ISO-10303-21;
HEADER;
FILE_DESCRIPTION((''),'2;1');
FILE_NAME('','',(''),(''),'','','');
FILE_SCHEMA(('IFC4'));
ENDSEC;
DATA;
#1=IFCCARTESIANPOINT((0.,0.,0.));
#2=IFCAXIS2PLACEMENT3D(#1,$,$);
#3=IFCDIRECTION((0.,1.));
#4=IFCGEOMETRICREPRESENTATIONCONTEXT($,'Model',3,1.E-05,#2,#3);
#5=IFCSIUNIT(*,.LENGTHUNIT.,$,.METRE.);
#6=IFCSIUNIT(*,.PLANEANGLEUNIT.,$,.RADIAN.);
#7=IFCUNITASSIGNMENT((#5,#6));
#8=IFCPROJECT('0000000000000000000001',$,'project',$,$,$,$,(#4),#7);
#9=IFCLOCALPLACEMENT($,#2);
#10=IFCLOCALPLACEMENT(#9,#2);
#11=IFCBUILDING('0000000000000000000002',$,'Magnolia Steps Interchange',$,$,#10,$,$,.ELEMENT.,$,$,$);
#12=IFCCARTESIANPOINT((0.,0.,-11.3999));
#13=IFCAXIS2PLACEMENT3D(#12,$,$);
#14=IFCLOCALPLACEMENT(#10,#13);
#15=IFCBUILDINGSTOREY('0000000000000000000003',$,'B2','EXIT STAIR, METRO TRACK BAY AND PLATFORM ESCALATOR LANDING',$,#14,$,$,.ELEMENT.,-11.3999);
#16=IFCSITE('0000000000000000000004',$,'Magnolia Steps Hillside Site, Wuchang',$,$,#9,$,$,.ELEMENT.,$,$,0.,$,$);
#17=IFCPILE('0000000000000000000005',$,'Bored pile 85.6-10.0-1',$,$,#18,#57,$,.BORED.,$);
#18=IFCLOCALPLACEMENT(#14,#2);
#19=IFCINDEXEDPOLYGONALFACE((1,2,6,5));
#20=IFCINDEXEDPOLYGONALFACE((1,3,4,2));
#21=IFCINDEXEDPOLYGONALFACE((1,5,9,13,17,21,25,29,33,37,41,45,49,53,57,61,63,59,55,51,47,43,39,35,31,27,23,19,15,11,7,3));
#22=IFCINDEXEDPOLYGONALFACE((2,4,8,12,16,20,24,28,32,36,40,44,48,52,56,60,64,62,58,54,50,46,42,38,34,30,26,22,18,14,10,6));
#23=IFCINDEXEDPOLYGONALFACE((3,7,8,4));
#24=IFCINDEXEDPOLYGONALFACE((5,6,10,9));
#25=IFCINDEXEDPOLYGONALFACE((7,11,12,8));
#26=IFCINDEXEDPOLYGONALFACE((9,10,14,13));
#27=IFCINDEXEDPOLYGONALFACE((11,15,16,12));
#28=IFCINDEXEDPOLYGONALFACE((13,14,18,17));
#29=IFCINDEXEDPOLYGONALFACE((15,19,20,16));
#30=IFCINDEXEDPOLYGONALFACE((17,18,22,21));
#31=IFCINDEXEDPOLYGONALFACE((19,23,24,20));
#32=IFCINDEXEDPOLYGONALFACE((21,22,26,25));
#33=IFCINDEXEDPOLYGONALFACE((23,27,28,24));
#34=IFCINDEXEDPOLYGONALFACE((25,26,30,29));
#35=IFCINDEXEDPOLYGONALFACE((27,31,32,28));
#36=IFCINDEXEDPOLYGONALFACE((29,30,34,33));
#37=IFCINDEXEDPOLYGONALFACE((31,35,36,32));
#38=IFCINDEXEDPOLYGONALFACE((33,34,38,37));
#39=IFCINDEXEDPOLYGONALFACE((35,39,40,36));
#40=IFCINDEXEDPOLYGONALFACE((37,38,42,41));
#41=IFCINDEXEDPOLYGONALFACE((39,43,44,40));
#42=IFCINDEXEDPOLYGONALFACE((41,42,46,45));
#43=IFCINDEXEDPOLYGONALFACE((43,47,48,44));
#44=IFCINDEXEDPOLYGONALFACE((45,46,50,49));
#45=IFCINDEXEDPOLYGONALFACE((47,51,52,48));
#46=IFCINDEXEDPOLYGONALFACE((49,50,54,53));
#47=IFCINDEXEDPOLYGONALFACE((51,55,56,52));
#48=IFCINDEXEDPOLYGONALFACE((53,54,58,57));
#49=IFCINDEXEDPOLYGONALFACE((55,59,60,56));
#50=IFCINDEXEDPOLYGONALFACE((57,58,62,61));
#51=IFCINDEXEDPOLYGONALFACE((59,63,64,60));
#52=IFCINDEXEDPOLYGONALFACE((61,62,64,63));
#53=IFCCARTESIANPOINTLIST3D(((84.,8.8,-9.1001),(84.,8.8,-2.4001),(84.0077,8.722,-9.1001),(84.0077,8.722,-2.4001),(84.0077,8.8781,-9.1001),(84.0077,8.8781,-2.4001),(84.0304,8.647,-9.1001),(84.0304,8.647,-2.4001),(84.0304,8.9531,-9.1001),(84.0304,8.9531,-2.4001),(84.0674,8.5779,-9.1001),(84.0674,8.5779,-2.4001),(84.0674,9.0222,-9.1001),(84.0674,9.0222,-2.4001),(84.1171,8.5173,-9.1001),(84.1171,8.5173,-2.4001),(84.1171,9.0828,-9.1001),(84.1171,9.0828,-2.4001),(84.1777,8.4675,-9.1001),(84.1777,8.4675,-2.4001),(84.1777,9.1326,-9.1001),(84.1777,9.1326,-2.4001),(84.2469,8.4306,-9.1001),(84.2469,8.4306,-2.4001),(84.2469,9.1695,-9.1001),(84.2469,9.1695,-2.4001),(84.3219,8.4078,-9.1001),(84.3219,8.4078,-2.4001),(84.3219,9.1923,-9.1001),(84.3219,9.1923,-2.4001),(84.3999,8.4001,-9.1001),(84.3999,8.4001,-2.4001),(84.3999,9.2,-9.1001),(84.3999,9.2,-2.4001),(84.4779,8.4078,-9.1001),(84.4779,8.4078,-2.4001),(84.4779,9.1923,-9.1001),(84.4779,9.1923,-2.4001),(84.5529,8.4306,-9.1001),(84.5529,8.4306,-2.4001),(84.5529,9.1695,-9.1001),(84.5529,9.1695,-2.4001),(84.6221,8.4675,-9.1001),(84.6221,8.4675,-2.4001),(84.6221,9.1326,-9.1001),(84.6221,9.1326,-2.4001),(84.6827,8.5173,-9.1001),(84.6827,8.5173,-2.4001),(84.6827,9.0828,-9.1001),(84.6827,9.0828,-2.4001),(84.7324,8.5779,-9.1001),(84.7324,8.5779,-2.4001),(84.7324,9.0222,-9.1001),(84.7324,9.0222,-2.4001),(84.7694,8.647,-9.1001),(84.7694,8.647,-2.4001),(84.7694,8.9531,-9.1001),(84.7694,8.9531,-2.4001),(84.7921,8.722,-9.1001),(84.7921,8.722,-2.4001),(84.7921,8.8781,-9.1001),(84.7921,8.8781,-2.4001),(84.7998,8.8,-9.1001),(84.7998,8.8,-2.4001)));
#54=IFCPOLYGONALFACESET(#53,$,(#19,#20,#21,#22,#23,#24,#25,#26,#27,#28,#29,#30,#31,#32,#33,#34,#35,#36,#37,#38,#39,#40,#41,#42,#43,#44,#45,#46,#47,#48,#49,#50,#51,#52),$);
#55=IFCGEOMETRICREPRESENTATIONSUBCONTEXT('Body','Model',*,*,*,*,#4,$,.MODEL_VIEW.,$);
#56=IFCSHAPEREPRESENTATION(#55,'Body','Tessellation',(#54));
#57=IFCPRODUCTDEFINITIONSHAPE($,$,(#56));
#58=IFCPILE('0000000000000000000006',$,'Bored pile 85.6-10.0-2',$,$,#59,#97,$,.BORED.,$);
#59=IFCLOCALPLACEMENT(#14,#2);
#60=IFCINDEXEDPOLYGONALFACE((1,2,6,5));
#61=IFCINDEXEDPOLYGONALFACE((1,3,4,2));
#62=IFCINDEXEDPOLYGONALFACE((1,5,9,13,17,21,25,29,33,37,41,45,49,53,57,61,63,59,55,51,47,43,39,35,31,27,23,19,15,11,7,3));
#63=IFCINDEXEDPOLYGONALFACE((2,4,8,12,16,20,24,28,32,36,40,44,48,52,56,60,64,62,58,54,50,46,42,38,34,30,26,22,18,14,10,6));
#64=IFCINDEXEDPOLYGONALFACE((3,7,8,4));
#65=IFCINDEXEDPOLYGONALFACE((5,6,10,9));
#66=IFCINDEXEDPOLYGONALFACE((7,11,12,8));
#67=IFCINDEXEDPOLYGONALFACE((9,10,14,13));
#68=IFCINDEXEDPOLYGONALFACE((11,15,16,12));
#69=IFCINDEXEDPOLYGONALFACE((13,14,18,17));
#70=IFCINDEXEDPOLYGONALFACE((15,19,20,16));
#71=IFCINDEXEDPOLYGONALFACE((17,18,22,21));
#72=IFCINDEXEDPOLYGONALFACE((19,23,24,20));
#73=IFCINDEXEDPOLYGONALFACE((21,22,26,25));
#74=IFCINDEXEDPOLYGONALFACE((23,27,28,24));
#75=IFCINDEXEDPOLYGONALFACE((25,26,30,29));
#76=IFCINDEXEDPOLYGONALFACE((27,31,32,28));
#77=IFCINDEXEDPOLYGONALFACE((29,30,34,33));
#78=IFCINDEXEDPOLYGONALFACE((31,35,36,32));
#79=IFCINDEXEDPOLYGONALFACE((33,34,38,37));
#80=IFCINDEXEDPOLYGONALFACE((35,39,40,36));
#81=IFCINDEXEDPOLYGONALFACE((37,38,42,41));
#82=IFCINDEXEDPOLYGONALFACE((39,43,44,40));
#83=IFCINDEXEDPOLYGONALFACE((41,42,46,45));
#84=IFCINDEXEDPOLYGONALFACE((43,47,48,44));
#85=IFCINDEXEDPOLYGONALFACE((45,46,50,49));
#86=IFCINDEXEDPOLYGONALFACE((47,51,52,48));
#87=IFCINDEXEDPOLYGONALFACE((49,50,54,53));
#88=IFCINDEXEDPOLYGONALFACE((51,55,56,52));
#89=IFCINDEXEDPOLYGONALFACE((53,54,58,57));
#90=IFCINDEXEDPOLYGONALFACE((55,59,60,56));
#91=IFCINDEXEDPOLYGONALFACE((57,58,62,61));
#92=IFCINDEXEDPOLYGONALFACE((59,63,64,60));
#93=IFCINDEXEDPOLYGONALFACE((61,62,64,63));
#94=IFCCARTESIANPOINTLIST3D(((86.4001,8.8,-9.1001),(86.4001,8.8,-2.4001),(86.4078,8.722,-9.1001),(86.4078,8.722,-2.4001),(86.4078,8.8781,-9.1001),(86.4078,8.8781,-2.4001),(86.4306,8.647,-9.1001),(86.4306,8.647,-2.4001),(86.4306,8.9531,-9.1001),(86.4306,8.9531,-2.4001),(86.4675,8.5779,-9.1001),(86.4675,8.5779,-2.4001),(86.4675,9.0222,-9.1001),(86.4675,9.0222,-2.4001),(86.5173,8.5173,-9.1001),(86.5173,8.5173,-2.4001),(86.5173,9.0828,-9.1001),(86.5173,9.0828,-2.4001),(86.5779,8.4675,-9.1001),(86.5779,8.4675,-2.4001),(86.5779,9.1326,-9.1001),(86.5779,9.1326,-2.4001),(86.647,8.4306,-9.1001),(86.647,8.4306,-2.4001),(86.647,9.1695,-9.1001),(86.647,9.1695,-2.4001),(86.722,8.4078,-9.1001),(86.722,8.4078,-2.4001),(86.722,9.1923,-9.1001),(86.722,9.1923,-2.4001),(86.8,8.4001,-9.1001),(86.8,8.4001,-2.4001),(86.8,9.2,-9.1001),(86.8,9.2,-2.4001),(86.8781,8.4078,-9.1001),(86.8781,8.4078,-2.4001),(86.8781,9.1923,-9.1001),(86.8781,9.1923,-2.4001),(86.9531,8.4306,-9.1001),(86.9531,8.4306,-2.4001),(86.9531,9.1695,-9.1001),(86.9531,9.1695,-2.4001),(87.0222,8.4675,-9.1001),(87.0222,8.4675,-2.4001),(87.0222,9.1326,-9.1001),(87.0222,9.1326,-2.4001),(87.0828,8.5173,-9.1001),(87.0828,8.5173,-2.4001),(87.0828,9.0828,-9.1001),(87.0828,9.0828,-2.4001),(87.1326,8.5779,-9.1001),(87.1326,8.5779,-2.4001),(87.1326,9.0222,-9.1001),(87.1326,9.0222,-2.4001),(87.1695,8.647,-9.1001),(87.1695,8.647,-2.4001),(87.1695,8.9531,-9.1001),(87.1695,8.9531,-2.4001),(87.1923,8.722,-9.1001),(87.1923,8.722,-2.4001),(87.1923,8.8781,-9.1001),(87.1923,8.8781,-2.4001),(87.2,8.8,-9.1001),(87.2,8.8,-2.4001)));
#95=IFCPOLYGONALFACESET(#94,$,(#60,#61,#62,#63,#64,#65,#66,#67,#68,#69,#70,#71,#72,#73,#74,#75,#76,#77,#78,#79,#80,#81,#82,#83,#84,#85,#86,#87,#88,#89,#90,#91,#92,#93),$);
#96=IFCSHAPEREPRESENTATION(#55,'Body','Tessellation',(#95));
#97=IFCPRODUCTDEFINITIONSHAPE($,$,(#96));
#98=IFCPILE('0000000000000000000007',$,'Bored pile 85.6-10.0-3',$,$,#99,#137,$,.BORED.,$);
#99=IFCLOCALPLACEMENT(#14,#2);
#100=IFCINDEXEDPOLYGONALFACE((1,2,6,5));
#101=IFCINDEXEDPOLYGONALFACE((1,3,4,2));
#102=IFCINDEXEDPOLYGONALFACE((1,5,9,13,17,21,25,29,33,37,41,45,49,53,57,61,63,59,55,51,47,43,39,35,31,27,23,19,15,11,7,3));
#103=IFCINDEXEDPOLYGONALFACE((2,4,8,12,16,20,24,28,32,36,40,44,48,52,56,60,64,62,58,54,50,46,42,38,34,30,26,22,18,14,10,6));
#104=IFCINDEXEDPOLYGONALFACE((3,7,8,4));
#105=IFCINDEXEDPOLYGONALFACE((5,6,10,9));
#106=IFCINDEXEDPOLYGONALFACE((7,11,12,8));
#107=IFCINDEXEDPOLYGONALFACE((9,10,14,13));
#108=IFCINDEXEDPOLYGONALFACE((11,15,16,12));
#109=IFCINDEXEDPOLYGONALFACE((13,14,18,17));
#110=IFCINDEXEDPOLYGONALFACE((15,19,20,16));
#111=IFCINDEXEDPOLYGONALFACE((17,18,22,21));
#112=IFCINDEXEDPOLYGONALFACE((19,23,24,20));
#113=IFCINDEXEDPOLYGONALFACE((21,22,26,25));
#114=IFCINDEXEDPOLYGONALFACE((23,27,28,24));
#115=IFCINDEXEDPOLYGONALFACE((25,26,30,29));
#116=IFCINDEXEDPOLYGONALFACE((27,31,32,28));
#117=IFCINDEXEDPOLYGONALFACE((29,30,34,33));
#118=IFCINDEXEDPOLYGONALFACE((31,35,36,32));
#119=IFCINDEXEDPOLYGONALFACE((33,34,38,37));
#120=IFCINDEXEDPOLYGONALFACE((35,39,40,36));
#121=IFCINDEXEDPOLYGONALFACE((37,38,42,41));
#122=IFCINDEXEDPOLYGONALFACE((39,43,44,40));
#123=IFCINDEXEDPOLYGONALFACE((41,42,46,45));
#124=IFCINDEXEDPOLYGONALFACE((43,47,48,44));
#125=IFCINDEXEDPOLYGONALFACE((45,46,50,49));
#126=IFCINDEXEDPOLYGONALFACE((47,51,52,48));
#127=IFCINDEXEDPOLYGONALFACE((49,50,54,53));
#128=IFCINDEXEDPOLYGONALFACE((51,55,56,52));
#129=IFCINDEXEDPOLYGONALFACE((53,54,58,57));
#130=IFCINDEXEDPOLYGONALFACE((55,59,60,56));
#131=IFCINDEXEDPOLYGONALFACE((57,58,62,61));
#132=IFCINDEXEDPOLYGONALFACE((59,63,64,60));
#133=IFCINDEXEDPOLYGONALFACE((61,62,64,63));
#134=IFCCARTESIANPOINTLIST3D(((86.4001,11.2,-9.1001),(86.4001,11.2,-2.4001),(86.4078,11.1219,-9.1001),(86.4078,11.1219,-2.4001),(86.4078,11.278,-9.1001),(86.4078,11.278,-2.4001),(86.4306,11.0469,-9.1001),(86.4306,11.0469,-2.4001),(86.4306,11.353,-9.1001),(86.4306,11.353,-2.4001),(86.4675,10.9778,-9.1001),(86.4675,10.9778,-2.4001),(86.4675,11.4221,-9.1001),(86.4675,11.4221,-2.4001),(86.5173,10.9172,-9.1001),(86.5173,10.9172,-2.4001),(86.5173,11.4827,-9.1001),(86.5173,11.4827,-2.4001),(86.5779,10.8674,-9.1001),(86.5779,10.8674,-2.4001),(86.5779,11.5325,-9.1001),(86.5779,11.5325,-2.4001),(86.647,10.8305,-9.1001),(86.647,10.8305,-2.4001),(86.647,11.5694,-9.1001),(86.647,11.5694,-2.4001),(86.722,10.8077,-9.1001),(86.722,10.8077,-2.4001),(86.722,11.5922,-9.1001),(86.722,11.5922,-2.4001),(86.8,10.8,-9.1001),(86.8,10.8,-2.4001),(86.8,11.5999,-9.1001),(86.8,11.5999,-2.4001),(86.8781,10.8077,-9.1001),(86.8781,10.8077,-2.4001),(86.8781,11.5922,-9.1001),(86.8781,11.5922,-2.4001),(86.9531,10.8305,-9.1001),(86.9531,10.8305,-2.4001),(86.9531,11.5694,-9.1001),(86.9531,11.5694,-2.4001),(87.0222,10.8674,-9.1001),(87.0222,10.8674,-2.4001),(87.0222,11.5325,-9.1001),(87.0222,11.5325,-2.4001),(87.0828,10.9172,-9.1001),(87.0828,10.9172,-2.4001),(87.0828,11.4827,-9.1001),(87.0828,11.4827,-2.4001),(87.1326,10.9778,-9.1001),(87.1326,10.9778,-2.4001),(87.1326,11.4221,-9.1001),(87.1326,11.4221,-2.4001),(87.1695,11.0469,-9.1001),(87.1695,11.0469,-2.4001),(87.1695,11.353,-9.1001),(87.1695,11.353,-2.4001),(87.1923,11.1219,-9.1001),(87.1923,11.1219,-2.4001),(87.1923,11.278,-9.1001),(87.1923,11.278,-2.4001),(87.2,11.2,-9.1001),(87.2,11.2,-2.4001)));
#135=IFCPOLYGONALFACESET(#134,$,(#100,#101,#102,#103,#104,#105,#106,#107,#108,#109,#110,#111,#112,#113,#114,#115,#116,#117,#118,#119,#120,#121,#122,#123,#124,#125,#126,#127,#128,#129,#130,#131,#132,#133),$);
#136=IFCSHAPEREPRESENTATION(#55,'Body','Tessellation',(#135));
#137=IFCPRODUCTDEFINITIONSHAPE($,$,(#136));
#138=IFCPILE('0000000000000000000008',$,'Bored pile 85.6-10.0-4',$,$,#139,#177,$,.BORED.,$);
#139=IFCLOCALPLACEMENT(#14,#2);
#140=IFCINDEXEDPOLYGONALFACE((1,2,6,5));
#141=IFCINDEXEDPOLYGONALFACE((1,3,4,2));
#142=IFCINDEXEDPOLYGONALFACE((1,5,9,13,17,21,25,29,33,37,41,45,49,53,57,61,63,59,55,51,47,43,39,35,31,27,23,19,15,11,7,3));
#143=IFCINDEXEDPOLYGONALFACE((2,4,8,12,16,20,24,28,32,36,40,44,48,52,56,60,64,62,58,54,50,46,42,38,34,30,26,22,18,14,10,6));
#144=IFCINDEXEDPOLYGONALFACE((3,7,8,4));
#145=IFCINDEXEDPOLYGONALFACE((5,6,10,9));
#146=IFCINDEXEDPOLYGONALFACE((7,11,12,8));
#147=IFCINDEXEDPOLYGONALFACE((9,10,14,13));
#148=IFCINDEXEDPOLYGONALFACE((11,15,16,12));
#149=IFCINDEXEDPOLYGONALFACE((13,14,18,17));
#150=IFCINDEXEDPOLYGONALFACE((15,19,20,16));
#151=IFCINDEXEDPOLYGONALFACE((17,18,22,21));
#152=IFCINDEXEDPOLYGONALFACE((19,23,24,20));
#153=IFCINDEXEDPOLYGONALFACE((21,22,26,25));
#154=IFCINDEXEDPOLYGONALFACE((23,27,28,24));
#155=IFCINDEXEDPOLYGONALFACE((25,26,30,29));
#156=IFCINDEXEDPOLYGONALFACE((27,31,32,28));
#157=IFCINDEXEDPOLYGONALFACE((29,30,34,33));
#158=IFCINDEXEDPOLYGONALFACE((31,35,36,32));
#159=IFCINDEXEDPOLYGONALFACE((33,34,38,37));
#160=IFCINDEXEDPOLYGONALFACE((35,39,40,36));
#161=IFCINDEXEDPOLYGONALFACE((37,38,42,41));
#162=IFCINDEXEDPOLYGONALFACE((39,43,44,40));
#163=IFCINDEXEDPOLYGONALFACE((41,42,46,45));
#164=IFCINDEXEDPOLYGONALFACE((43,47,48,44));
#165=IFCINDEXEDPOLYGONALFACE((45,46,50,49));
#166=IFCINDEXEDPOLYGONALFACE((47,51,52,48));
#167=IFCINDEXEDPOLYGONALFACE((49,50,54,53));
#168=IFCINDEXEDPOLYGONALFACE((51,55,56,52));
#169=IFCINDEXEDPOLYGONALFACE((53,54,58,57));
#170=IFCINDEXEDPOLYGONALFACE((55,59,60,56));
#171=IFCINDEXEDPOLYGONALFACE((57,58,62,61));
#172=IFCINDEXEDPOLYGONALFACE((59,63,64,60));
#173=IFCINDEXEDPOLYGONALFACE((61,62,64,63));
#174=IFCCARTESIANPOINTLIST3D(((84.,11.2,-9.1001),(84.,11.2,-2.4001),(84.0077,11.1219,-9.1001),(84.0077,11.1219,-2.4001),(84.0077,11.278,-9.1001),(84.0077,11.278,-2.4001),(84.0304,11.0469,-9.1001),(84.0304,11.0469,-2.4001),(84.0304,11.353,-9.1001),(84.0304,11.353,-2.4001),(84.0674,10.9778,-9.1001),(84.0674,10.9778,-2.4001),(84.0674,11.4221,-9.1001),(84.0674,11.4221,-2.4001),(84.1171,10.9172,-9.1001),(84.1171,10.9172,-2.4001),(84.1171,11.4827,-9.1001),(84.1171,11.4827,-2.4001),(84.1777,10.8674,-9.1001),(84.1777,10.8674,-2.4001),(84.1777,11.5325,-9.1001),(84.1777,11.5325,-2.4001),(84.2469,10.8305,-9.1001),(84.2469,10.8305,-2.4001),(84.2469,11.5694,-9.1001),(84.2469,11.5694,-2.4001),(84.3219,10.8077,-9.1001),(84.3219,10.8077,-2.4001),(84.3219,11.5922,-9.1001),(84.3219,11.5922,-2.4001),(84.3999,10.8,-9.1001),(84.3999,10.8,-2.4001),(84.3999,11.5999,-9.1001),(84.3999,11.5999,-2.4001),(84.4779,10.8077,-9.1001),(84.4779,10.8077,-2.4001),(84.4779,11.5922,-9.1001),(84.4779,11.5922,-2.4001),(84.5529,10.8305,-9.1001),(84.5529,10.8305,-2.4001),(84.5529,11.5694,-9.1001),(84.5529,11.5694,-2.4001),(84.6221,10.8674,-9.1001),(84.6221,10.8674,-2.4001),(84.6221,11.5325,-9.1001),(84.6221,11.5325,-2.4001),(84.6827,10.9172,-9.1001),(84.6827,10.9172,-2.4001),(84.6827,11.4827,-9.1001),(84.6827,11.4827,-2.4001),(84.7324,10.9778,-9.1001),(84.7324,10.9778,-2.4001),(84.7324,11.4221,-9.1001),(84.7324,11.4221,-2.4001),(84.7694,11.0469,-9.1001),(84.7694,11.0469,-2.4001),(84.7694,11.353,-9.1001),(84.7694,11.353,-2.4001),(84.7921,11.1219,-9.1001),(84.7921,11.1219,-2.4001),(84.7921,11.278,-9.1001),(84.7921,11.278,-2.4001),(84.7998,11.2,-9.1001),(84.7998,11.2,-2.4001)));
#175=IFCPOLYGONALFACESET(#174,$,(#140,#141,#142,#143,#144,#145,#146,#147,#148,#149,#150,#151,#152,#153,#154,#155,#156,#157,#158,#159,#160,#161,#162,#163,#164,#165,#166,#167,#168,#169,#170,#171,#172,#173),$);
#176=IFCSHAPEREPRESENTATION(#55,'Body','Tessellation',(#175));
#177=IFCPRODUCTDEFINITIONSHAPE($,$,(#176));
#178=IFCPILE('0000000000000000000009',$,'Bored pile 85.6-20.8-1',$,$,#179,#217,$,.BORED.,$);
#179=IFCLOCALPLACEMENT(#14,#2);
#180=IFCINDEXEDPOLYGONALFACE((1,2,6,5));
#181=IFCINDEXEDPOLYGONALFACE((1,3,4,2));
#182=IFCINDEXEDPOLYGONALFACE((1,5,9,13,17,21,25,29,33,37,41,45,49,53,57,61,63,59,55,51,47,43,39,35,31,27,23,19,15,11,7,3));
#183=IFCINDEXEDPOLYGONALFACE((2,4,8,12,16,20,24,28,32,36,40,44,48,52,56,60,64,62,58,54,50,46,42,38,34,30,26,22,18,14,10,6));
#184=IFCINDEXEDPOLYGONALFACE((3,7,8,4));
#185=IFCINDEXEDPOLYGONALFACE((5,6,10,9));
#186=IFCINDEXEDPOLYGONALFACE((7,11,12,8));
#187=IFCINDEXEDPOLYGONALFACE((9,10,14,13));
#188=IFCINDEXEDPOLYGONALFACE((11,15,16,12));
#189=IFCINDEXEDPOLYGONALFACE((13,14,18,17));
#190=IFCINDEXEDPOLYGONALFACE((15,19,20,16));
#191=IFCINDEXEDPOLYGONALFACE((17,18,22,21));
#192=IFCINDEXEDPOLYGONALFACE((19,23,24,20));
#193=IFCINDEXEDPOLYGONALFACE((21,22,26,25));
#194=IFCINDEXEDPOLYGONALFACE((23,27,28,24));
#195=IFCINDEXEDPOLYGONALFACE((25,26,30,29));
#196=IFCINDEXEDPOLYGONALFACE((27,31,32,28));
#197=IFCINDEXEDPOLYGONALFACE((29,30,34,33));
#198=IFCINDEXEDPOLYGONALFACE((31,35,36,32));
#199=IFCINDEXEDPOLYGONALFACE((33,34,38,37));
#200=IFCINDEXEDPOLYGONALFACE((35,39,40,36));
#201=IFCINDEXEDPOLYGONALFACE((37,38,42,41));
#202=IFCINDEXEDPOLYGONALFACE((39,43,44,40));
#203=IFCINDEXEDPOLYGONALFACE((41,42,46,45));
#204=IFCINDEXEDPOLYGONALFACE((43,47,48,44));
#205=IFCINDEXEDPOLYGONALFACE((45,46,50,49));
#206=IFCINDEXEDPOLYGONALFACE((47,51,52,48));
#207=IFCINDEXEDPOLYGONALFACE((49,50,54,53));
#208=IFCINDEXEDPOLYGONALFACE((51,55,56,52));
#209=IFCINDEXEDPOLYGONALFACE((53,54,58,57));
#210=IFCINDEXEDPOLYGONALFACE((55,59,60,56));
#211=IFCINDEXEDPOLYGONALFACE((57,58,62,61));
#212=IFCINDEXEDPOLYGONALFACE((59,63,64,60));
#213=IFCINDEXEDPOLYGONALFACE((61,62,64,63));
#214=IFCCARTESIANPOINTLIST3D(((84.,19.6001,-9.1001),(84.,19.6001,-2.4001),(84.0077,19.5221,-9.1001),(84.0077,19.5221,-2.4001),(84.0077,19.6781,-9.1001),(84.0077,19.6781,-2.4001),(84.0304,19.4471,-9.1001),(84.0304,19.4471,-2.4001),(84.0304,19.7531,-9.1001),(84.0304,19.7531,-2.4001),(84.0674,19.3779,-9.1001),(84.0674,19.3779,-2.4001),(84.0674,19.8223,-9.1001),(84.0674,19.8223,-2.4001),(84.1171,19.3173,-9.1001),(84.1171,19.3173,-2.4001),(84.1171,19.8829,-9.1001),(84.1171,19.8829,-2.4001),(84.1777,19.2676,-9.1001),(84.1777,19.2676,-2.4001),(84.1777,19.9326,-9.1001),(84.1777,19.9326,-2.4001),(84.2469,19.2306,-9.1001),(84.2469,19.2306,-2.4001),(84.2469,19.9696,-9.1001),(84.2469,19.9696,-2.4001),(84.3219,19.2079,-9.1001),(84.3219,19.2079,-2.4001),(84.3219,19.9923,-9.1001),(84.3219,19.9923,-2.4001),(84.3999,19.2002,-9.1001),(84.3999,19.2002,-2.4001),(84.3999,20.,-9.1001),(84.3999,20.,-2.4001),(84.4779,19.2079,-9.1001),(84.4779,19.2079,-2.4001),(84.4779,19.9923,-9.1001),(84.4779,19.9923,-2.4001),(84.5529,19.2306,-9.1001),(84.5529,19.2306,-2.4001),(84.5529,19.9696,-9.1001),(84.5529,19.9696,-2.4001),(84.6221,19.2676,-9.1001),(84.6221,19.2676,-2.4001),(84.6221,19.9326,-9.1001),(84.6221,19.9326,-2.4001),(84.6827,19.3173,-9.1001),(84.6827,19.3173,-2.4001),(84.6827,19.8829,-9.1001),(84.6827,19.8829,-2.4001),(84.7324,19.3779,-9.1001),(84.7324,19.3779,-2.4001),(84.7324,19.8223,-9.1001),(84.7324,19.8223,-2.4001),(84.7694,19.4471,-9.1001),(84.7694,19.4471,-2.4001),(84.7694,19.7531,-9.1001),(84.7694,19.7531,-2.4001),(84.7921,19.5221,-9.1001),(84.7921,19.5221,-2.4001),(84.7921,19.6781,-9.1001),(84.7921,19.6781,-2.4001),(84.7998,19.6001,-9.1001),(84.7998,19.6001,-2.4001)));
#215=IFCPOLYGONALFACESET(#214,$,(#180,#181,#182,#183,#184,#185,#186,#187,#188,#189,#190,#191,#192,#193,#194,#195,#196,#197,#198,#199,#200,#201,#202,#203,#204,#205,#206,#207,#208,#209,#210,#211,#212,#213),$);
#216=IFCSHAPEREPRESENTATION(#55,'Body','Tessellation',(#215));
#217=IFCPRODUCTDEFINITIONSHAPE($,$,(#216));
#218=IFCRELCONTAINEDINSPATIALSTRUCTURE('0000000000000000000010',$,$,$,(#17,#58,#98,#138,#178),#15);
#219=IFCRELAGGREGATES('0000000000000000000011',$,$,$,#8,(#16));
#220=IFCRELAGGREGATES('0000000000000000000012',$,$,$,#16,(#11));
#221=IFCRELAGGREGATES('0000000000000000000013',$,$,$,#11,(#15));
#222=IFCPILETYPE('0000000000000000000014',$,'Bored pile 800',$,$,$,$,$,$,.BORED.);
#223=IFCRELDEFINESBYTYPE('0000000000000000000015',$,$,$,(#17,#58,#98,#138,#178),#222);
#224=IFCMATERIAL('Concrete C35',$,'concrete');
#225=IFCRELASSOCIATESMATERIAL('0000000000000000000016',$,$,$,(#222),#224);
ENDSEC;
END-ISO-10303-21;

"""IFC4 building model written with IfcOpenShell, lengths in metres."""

from ifc_helpers import new_model, si_unit, direction, frame, origin, origin_2d, place, context, subcontext, project, spatial, circle, extrude, material, material_profile, profile_set, type_object, element, save


model = new_model("IFC4")

# Units and contexts
model_context = context("Model", 3, precision=1e-05, world=origin(), true_north=direction((0.0, 1.0)))
body_context = subcontext(model_context, "Body", "Model", "MODEL_VIEW")
ifc_project = project(units=[si_unit("LENGTHUNIT", "METRE"), si_unit("PLANEANGLEUNIT", "RADIAN")], contexts=[model_context])

# Site, building, storey
site_placement = place(None, origin())
site = spatial("IfcSite", under=ifc_project, at=site_placement, Name="Magnolia Steps Hillside Site, Wuchang", CompositionType="ELEMENT", RefElevation=0.0)
building_placement = place(site_placement, origin())
building = spatial("IfcBuilding", under=site, at=building_placement, Name="Magnolia Steps Interchange", CompositionType="ELEMENT")
storey_placement = place(building_placement, frame((0.0, 0.0, -11.3999)))
storey = spatial("IfcBuildingStorey", under=building, at=storey_placement, Name="B2", Description="EXIT STAIR, METRO TRACK BAY AND PLATFORM ESCALATOR LANDING", CompositionType="ELEMENT", Elevation=-11.3999)

# Piles
ifc_material_1 = material(Name="Concrete C35", Category="concrete")
ifc_material_profile_1 = material_profile(ifc_material_1, circle(Radius=0.3999, at=origin_2d()), Name="Bored pile 800")
ifc_profile_set_1 = profile_set([ifc_material_profile_1], Name="Concrete C35")
pile_type = type_object("IfcPileType", Name="Bored pile 800", PredefinedType="BORED", material=ifc_profile_set_1)
for number, where, z_axis, x_axis, name in (
    (1, (84.3999, 8.8, -2.4001), (0.0, 0.0, -1.0), (1.0, 0.0, 0.0), "Bored pile 85.6-10.0-1"),
    (2, (86.8, 8.8, -2.4001), (0.0, 0.0, -1.0), (1.0, 0.0, 0.0), "Bored pile 85.6-10.0-2"),
    (3, (86.8, 11.2, -2.4001), (0.0, 0.0, -1.0), (1.0, 0.0, 0.0), "Bored pile 85.6-10.0-3"),
    (4, (84.3999, 11.2, -2.4001), (0.0, 0.0, -1.0), (1.0, 0.0, 0.0), "Bored pile 85.6-10.0-4"),
    (5, (84.3999, 19.6001, -2.4001), (0.0, 0.0, -1.0), (1.0, 0.0, 0.0), "Bored pile 85.6-20.8-1"),
):
    element("IfcPile", number, at=place(storey_placement, frame(where, z_axis=z_axis, x_axis=x_axis)), inside=storey, type_object=pile_type, Name=name, PredefinedType="BORED", context=body_context, shape_type="SweptSolid", body=[
        extrude(circle(Radius=0.3999, at=origin_2d()), origin(), (0.0, 0.0, 1.0), 6.7),
    ])

save(model, "model.ifc")
